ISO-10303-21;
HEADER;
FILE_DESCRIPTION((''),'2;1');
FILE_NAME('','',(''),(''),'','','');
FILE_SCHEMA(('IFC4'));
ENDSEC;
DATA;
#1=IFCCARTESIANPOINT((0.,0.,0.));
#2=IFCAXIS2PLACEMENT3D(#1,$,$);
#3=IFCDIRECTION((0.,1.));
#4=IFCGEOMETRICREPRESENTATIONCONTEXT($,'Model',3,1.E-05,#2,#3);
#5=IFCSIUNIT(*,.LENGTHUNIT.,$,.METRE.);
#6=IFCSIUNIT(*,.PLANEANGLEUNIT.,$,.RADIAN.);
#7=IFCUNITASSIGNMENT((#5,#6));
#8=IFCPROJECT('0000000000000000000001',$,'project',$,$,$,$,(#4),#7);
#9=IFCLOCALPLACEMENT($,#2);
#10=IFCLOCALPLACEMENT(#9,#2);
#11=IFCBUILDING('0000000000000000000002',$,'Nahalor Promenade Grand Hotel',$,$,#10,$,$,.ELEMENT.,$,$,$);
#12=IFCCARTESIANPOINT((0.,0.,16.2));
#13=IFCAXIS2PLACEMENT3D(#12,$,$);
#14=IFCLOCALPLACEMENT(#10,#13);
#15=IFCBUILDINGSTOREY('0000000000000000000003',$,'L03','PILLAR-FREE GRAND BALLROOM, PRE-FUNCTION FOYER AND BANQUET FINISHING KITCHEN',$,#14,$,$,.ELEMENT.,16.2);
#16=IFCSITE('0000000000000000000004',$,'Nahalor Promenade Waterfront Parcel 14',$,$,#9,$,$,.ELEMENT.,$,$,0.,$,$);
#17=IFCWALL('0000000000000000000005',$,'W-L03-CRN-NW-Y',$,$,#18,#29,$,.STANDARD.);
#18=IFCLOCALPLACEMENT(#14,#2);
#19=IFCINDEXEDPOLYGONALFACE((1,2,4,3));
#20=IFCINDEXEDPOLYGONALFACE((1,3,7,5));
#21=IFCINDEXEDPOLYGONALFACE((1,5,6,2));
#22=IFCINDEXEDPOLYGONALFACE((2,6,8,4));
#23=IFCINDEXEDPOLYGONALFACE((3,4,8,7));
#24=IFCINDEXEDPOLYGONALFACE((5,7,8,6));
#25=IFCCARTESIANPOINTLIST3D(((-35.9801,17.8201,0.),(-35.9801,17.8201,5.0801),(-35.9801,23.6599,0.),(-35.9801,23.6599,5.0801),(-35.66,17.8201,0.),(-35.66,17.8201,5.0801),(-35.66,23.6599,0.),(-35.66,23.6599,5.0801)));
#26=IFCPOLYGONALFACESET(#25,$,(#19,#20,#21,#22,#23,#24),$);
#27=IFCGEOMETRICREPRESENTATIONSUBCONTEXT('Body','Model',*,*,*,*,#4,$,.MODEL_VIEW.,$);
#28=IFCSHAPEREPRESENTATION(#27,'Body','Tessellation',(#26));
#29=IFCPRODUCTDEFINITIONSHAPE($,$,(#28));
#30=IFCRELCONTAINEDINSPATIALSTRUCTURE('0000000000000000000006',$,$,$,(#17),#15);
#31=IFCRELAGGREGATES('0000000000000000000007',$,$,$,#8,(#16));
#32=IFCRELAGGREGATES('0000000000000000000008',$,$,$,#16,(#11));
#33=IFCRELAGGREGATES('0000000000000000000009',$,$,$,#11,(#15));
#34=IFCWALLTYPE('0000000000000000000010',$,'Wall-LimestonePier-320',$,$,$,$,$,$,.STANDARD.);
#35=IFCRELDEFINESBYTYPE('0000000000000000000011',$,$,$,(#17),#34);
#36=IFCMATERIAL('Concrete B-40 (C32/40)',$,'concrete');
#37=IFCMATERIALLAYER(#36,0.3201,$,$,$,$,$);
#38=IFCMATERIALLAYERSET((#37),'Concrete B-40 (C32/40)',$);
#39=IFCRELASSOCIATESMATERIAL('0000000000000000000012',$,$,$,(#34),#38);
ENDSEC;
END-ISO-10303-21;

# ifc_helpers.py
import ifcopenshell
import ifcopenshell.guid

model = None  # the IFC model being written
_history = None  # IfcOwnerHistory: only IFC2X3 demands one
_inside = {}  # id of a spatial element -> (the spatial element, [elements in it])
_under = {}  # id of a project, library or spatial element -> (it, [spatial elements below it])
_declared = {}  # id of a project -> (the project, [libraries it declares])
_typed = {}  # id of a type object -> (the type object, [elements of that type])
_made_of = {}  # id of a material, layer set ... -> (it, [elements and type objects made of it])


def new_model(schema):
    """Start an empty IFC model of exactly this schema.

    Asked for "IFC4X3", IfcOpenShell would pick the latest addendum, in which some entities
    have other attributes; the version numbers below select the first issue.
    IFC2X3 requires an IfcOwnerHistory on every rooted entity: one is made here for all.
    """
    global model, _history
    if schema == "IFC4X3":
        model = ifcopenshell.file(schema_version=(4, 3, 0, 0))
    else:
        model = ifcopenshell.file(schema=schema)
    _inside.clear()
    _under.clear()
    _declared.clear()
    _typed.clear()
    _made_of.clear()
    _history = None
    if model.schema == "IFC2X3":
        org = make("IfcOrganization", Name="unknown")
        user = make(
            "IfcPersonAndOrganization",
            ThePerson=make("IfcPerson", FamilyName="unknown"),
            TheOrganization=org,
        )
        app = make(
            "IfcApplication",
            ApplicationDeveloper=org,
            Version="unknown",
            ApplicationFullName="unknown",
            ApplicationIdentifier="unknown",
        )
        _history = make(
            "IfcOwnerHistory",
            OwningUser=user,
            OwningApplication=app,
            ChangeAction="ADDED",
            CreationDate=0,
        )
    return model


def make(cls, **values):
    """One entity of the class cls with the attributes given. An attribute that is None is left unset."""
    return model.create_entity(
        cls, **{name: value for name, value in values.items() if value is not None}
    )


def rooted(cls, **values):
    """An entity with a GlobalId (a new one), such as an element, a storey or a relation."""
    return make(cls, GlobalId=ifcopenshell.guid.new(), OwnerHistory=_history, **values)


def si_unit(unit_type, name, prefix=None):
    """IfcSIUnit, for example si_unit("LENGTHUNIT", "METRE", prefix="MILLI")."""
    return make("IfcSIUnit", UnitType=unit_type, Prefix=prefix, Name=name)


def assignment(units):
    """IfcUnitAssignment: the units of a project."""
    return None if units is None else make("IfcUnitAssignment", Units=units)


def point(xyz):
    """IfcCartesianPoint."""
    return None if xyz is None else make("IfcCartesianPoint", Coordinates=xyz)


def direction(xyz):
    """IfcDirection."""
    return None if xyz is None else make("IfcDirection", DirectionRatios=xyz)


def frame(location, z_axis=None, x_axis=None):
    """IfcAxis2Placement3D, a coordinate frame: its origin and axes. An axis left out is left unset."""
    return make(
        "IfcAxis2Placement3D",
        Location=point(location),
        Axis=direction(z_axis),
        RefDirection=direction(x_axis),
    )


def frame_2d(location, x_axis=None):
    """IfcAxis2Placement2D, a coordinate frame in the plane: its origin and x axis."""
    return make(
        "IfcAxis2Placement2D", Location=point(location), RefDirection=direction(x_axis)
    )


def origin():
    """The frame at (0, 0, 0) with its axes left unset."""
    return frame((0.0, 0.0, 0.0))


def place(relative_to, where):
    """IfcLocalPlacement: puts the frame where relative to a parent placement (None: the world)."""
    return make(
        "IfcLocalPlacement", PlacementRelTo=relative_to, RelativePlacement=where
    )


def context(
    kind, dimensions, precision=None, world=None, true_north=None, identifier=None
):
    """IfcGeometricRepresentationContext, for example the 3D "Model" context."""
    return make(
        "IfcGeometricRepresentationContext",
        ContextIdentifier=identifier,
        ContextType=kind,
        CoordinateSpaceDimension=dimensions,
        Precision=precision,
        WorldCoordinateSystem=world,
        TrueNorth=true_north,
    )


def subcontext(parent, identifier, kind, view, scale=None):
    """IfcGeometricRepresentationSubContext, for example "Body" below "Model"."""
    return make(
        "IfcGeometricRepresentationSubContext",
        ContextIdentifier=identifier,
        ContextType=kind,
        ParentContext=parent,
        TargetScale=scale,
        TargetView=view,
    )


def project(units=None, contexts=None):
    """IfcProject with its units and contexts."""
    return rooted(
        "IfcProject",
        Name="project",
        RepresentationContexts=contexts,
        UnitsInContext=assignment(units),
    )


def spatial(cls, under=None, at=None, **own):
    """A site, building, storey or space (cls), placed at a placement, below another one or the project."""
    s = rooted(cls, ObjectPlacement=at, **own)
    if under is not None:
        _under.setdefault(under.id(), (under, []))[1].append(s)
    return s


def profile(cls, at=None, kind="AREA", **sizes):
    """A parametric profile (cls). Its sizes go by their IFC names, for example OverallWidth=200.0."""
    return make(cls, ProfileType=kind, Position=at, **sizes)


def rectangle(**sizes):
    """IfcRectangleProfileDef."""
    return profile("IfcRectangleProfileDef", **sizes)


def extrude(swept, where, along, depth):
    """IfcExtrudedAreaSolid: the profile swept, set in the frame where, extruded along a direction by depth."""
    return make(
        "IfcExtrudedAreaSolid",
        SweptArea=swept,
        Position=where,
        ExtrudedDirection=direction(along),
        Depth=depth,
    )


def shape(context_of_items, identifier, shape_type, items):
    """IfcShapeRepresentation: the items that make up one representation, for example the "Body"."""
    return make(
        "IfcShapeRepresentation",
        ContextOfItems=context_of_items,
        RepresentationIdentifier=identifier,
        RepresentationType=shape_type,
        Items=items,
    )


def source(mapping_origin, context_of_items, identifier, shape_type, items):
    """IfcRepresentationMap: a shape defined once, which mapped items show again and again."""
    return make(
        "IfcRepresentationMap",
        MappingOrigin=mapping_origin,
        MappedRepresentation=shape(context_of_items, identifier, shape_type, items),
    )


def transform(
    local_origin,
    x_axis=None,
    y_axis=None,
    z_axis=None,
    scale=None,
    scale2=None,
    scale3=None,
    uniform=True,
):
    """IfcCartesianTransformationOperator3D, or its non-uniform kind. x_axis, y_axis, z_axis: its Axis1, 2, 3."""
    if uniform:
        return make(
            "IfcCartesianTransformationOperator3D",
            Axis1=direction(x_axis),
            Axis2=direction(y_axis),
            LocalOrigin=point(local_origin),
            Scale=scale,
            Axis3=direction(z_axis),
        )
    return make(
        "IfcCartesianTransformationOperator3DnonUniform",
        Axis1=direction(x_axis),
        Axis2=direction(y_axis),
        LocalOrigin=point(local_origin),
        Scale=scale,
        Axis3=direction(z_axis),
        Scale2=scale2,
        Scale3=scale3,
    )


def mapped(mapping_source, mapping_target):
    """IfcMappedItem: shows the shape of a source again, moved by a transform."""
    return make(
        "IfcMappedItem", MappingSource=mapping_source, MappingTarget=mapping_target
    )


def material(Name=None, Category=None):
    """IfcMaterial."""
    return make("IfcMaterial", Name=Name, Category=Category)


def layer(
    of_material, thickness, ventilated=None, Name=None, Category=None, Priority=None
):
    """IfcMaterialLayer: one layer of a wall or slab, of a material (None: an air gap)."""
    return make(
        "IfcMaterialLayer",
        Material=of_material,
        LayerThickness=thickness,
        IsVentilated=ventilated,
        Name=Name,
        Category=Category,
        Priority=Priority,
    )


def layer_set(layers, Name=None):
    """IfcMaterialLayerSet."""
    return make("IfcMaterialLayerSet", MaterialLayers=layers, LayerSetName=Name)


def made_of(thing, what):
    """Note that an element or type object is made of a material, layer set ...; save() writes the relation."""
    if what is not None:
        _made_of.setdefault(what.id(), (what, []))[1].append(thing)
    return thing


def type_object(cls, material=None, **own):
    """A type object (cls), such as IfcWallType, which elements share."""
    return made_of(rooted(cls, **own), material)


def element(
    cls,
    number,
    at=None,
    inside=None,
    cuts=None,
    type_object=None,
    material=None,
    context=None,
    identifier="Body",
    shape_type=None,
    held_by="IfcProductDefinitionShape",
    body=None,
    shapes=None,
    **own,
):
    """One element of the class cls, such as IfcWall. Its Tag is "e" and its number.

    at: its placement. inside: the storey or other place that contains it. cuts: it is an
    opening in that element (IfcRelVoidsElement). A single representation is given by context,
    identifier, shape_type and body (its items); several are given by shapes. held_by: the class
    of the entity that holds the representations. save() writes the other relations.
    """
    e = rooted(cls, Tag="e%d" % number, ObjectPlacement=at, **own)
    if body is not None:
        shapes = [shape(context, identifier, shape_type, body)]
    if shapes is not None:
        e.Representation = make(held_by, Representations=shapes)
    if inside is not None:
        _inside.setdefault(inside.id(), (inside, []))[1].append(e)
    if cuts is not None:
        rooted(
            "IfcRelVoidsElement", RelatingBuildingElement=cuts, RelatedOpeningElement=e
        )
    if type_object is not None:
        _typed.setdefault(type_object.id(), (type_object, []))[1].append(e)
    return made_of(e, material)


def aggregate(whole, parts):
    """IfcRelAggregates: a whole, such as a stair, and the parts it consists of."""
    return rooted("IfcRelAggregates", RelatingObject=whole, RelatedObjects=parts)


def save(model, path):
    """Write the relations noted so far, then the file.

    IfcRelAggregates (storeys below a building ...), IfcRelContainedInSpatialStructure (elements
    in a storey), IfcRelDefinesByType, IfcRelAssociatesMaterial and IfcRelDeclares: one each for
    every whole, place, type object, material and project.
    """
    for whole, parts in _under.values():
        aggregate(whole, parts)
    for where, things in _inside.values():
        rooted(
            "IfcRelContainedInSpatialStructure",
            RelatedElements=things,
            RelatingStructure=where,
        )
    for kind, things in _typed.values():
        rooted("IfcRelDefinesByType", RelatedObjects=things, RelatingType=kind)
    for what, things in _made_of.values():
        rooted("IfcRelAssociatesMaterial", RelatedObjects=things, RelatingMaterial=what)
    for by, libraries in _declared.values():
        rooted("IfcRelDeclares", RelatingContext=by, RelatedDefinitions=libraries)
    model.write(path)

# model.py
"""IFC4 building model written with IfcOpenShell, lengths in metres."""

from ifc_helpers import new_model, si_unit, direction, frame, frame_2d, origin, place, context, subcontext, project, spatial, rectangle, extrude, source, transform, mapped, material, layer, layer_set, type_object, element, save


model = new_model("IFC4")

# Units and contexts
model_context = context("Model", 3, precision=1e-05, world=origin(), true_north=direction((0.0, 1.0)))
body_context = subcontext(model_context, "Body", "Model", "MODEL_VIEW")
ifc_project = project(units=[si_unit("LENGTHUNIT", "METRE"), si_unit("PLANEANGLEUNIT", "RADIAN")], contexts=[model_context])

# Site, building, storey
site_placement = place(None, origin())
site = spatial("IfcSite", under=ifc_project, at=site_placement, Name="Nahalor Promenade Waterfront Parcel 14", CompositionType="ELEMENT", RefElevation=0.0)
building_placement = place(site_placement, origin())
building = spatial("IfcBuilding", under=site, at=building_placement, Name="Nahalor Promenade Grand Hotel", CompositionType="ELEMENT")
storey_placement = place(building_placement, frame((0.0, 0.0, 16.2)))
storey = spatial("IfcBuildingStorey", under=building, at=storey_placement, Name="L03", Description="PILLAR-FREE GRAND BALLROOM, PRE-FUNCTION FOYER AND BANQUET FINISHING KITCHEN", CompositionType="ELEMENT", Elevation=16.2)

# Shared definitions
ifc_material_1 = material(Name="Concrete B-40 (C32/40)", Category="concrete")
ifc_layer_1 = layer(ifc_material_1, 0.3201)
ifc_layer_set_1 = layer_set([ifc_layer_1], Name="Concrete B-40 (C32/40)")
wall_type_1 = type_object("IfcWallType", Name="Wall-LimestonePier-320", PredefinedType="STANDARD", material=ifc_layer_set_1)

# Wall
shared_shape_1 = source(origin(), body_context, "Body", "SweptSolid", [
    extrude(rectangle(XDim=5.8398, YDim=0.3201, at=frame_2d((2.9199, 0.0))), origin(), (0.0, 0.0, 1.0), 5.0801),
])
wall_1_placement = place(storey_placement, frame((-35.8201, 17.8201, 0.0), z_axis=(0.0, 0.0, 1.0), x_axis=(0.0, 1.0, 0.0)))
element("IfcWall", 1, at=wall_1_placement, inside=storey, type_object=wall_type_1, Name="W-L03-CRN-NW-Y", PredefinedType="STANDARD", context=body_context, shape_type="MappedRepresentation", body=[
    mapped(shared_shape_1, transform((0.0, 0.0, 0.0), scale=1.0)),
])

save(model, "model.ifc")
